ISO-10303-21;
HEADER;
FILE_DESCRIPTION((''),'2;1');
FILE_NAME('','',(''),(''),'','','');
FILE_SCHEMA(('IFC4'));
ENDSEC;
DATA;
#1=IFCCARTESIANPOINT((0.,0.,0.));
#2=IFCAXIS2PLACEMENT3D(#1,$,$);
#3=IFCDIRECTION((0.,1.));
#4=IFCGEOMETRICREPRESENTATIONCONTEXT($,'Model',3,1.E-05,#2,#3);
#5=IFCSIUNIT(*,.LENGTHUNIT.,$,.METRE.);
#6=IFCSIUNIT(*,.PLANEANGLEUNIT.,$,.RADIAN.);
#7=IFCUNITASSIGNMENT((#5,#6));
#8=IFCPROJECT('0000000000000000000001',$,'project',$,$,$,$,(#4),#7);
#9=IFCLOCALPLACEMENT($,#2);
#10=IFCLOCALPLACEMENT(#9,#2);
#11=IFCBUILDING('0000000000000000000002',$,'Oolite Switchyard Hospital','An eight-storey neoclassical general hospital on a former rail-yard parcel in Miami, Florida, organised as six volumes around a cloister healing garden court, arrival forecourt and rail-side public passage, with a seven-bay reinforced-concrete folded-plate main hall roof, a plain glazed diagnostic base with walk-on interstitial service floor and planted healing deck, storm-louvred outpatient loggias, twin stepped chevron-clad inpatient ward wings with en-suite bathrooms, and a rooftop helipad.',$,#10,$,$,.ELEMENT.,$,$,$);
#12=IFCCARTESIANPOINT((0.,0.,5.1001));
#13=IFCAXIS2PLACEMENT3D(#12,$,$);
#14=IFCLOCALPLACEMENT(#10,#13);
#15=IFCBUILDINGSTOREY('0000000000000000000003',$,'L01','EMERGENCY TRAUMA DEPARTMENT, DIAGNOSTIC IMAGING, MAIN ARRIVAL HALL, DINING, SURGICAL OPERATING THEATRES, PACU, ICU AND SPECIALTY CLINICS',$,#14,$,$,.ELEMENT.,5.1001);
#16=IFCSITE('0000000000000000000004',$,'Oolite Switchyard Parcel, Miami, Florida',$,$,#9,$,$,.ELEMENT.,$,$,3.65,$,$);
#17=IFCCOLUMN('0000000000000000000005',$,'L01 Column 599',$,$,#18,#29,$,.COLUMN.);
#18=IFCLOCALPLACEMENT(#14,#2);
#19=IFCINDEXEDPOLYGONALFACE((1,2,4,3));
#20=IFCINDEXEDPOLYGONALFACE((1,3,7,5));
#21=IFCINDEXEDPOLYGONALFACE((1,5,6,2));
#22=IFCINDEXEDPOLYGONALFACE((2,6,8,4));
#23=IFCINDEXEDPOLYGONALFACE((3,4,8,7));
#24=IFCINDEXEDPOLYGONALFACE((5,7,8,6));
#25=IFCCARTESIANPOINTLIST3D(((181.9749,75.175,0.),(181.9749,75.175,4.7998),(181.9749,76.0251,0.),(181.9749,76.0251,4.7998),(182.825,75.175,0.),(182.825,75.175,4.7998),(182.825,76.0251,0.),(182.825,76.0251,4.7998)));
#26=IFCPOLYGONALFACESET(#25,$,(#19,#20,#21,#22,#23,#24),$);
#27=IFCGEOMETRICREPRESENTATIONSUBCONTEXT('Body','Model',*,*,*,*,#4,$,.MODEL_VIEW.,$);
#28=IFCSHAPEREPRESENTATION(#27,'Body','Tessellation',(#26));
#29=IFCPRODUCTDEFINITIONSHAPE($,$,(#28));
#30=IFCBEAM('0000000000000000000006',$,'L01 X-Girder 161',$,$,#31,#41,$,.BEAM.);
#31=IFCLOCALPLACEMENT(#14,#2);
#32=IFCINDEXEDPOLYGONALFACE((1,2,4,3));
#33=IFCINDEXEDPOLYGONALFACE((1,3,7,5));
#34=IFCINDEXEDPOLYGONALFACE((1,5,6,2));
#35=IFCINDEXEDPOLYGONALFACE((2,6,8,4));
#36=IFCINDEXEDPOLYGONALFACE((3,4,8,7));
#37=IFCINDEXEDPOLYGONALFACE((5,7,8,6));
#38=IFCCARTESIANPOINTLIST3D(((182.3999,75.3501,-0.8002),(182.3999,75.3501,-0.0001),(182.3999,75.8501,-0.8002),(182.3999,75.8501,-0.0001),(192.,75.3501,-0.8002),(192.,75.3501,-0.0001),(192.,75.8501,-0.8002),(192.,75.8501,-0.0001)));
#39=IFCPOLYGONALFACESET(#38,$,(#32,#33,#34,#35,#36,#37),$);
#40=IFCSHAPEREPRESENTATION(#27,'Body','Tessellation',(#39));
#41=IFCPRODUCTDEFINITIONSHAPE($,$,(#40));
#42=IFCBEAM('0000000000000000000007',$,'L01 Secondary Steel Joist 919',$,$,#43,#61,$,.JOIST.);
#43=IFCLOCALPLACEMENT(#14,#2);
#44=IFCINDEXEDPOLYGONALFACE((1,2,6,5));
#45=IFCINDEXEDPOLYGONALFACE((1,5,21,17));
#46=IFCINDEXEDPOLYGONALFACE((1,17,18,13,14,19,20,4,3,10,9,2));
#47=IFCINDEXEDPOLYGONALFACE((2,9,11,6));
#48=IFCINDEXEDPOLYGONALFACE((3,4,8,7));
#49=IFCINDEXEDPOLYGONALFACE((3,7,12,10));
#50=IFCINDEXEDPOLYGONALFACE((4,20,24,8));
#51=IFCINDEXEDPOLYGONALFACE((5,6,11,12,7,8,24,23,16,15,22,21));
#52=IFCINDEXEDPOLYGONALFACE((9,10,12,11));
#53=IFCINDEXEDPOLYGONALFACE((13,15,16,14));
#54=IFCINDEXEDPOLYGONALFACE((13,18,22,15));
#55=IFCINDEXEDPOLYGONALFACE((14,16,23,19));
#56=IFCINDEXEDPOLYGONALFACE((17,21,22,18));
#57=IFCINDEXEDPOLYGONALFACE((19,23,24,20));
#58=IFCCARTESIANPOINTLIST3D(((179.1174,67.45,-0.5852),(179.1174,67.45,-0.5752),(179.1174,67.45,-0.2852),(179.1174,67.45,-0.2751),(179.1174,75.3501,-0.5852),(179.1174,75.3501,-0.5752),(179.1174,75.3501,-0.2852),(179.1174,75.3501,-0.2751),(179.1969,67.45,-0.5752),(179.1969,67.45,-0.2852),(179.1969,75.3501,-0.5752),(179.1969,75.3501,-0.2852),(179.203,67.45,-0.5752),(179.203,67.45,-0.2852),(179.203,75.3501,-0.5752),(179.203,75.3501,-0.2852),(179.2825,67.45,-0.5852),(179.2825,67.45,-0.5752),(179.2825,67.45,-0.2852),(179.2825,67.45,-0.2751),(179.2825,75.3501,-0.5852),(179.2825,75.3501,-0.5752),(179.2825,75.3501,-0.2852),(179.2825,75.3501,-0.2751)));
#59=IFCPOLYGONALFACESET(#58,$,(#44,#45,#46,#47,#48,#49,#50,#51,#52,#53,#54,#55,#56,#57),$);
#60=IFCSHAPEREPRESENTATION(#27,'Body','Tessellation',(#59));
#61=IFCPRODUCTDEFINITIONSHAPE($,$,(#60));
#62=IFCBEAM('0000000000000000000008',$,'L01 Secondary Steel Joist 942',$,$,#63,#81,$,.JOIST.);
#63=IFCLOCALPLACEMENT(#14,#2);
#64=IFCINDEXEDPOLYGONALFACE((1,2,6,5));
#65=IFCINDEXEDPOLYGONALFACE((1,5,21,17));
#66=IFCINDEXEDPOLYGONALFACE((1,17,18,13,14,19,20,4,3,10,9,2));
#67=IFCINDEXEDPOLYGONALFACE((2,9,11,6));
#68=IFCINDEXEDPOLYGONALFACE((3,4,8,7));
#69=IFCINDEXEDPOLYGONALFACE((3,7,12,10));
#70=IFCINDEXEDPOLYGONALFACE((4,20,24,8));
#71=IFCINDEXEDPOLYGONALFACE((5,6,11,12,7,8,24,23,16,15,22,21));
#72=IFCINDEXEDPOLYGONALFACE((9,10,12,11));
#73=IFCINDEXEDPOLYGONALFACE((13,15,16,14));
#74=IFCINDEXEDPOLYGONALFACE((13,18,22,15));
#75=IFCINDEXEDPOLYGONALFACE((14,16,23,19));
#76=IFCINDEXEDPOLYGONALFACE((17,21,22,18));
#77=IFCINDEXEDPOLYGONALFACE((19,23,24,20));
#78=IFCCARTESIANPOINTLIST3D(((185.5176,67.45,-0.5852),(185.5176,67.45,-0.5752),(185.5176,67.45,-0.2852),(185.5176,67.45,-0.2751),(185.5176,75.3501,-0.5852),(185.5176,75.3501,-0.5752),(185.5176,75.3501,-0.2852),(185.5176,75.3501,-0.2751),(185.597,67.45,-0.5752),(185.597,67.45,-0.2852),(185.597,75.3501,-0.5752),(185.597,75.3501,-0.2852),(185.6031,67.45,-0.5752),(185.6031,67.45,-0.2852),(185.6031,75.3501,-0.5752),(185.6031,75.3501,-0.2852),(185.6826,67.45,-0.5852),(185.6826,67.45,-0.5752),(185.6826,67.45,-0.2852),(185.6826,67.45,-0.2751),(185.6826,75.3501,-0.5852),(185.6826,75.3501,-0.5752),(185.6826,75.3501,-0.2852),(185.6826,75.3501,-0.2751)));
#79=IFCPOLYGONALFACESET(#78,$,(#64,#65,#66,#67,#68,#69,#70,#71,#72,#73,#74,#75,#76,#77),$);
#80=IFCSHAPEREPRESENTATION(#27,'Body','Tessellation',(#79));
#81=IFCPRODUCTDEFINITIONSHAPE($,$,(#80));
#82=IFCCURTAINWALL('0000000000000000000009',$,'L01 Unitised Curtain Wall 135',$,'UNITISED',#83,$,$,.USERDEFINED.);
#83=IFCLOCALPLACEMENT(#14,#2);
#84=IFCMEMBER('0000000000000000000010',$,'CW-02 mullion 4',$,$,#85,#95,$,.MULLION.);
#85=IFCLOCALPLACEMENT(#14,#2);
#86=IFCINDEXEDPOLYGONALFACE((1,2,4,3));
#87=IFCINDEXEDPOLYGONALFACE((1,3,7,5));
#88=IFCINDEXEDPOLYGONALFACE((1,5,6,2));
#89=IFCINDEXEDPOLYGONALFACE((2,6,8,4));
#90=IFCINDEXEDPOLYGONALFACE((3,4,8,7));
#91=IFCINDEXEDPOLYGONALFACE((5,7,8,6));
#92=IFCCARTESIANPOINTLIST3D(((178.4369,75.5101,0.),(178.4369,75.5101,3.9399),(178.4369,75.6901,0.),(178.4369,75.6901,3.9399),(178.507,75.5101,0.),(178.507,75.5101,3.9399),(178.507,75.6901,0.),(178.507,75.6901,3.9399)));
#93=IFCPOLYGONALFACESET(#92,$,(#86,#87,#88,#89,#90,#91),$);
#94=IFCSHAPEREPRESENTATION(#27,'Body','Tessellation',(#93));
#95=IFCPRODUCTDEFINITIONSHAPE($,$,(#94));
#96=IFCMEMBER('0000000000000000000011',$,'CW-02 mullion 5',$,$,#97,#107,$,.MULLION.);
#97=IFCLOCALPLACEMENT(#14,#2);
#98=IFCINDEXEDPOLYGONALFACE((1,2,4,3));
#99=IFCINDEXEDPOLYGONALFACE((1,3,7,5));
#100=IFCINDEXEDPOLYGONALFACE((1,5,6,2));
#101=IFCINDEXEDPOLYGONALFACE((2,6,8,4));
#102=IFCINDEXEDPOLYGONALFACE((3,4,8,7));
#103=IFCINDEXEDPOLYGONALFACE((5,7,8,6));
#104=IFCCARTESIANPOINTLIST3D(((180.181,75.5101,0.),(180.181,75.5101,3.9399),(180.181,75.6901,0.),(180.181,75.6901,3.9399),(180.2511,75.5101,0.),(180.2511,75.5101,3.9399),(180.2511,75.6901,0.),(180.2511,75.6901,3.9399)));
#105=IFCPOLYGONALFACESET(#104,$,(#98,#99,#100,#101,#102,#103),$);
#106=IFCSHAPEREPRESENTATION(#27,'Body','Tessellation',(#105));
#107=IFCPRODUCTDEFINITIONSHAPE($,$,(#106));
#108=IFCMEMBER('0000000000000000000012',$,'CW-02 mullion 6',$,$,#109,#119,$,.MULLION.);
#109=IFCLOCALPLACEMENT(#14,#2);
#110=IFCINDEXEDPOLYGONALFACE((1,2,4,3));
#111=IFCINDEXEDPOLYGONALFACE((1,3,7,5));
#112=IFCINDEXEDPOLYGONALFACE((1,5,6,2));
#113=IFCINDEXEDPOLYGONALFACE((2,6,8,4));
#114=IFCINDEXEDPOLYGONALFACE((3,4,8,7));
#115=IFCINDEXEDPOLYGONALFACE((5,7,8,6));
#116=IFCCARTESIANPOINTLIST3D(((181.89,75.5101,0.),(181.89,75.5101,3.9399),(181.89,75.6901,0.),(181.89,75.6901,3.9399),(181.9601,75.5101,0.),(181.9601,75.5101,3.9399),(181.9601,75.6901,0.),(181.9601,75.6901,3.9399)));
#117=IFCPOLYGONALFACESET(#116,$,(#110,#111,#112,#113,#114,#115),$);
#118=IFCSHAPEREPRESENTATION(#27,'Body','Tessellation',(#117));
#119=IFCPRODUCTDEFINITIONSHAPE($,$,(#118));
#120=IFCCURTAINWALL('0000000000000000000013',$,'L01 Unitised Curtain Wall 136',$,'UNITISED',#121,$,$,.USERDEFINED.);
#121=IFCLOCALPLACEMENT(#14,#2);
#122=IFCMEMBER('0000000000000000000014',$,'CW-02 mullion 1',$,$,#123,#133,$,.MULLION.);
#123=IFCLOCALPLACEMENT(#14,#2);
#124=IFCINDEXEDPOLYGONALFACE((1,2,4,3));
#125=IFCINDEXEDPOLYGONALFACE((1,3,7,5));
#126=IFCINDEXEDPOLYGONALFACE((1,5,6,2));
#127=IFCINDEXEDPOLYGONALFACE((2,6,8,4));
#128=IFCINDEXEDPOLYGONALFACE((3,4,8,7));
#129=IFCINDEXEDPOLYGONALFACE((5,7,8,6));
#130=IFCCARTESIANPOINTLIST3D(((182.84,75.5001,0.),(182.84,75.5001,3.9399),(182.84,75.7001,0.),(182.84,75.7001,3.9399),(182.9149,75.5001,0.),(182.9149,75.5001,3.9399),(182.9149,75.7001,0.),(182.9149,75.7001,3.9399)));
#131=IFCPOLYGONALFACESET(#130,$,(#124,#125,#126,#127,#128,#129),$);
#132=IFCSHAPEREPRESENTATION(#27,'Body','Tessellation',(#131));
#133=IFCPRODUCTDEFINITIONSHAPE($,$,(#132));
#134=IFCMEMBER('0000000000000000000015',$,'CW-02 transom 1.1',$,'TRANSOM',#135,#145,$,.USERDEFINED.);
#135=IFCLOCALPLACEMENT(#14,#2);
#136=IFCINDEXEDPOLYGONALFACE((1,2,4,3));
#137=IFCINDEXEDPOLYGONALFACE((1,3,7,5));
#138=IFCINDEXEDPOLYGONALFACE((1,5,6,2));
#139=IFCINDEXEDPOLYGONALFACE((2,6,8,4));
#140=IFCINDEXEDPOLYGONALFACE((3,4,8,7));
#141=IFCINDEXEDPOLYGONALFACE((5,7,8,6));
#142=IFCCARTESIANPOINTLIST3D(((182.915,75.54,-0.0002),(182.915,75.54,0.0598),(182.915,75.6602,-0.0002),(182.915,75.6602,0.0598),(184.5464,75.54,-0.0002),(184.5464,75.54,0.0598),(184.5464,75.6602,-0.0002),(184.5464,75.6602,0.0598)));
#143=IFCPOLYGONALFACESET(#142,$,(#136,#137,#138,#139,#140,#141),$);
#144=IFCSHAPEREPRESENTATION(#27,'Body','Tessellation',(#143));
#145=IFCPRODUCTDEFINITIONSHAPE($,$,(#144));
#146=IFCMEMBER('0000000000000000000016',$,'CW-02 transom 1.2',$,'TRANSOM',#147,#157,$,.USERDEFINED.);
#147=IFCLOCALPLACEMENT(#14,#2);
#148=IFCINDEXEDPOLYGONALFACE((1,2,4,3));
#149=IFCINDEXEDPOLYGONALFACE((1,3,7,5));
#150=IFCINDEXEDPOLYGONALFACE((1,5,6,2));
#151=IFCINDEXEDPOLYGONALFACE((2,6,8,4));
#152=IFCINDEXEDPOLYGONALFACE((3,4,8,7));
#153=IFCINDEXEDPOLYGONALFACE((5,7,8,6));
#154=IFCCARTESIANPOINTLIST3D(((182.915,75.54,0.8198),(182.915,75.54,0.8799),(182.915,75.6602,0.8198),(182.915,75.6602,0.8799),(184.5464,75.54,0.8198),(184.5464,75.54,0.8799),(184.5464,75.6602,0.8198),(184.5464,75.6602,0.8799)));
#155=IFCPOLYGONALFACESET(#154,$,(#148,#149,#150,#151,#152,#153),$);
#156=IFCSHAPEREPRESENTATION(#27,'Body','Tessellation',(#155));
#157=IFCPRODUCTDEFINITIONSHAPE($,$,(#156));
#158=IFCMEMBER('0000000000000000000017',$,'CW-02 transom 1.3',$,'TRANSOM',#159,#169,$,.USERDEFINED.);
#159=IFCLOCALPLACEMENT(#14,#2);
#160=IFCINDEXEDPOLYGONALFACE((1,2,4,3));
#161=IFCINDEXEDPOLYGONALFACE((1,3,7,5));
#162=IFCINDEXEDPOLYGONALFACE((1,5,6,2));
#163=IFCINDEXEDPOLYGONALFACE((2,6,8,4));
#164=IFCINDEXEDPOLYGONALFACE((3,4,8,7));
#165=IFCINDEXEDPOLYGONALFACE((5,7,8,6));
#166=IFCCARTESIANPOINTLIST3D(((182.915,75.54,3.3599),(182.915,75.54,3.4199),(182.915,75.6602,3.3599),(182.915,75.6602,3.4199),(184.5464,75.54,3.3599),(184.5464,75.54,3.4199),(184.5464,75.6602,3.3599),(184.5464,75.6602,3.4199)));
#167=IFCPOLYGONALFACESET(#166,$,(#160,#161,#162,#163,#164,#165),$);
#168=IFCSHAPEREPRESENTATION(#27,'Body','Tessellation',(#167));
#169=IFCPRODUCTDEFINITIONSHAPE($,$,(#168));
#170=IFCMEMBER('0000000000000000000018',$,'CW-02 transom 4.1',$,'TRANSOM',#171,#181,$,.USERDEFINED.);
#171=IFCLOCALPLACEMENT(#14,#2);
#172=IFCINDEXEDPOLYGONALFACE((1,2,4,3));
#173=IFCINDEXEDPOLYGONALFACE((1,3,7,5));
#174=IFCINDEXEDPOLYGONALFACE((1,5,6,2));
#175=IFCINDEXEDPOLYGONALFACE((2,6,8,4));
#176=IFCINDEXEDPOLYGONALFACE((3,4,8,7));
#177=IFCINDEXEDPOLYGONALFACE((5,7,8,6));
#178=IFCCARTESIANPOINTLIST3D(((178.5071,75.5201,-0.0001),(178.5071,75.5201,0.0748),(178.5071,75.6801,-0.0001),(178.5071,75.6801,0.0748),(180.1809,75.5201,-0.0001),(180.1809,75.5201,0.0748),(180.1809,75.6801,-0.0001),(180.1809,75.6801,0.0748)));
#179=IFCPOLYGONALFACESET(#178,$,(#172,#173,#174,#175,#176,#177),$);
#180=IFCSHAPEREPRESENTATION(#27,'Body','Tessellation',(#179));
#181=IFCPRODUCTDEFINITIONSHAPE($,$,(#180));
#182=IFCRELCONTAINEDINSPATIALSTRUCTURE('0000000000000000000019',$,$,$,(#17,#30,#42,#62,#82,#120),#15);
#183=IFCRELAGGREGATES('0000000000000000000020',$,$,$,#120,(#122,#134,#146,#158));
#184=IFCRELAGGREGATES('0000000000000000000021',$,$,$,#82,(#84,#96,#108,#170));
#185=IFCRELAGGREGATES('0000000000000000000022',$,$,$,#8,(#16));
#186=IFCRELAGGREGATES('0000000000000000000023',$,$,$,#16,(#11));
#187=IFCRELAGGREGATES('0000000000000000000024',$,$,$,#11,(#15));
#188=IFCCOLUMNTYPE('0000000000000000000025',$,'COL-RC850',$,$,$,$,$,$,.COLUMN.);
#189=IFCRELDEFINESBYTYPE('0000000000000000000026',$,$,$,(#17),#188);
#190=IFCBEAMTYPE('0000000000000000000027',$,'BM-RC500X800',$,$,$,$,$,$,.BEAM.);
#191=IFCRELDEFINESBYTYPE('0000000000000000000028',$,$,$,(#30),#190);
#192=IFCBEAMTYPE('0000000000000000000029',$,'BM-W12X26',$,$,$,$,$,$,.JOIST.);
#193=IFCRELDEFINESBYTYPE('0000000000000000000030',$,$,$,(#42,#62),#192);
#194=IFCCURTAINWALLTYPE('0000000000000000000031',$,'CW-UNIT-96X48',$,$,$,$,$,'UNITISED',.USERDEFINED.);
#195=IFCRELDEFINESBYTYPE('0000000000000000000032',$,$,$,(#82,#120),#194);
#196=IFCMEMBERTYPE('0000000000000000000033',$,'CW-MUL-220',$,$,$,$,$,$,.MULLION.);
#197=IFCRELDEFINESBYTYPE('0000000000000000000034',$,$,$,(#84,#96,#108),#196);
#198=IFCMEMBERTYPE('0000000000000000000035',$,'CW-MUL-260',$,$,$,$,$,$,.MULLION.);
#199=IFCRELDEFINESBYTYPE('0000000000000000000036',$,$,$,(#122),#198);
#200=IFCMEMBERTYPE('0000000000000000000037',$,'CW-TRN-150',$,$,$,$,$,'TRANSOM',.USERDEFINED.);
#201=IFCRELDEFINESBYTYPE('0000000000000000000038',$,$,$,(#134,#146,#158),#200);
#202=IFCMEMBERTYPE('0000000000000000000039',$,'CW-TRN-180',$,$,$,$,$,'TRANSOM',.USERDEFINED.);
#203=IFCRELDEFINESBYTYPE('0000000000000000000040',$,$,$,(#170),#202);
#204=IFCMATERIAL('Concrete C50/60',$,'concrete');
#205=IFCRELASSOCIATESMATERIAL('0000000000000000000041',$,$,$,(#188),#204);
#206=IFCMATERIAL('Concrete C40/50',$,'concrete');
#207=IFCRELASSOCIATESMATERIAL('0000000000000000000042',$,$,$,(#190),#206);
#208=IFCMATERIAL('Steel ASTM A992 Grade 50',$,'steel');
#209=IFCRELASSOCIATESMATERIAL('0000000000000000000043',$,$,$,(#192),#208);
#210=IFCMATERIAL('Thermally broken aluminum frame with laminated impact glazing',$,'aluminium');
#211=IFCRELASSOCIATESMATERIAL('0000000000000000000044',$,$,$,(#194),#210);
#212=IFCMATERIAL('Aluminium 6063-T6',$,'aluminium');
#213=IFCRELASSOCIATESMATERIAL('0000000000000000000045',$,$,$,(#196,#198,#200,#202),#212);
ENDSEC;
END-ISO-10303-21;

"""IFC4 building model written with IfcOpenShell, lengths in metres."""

from ifc_helpers import new_model, si_unit, direction, frame, origin, origin_2d, place, context, subcontext, project, spatial, rectangle, i_section, extrude, material, material_profile, profile_set, type_object, element, aggregate, save


model = new_model("IFC4")

# Units and contexts
model_context = context("Model", 3, precision=1e-05, world=origin(), true_north=direction((0.0, 1.0)))
body_context = subcontext(model_context, "Body", "Model", "MODEL_VIEW")
ifc_project = project(units=[si_unit("LENGTHUNIT", "METRE"), si_unit("PLANEANGLEUNIT", "RADIAN")], contexts=[model_context])

# Site, building, storey
site_placement = place(None, origin())
site = spatial("IfcSite", under=ifc_project, at=site_placement, Name="Oolite Switchyard Parcel, Miami, Florida", CompositionType="ELEMENT", RefElevation=3.65)
building_placement = place(site_placement, origin())
building = spatial("IfcBuilding", under=site, at=building_placement, Name="Oolite Switchyard Hospital", Description="An eight-storey neoclassical general hospital on a former rail-yard parcel in Miami, Florida, organised as six volumes around a cloister healing garden court, arrival forecourt and rail-side public passage, with a seven-bay reinforced-concrete folded-plate main hall roof, a plain glazed diagnostic base with walk-on interstitial service floor and planted healing deck, storm-louvred outpatient loggias, twin stepped chevron-clad inpatient ward wings with en-suite bathrooms, and a rooftop helipad.", CompositionType="ELEMENT")
storey_placement = place(building_placement, frame((0.0, 0.0, 5.1001)))
storey = spatial("IfcBuildingStorey", under=building, at=storey_placement, Name="L01", Description="EMERGENCY TRAUMA DEPARTMENT, DIAGNOSTIC IMAGING, MAIN ARRIVAL HALL, DINING, SURGICAL OPERATING THEATRES, PACU, ICU AND SPECIALTY CLINICS", CompositionType="ELEMENT", Elevation=5.1001)

# Column
ifc_material_1 = material(Name="Concrete C50/60", Category="concrete")
ifc_material_profile_1 = material_profile(ifc_material_1, rectangle(XDim=0.8501, YDim=0.8501, at=origin_2d()), Name="RC850X850")
ifc_profile_set_1 = profile_set([ifc_material_profile_1], Name="Concrete C50/60")
column_type = type_object("IfcColumnType", Name="COL-RC850", PredefinedType="COLUMN", material=ifc_profile_set_1)
column_placement = place(storey_placement, frame((182.3999, 75.6001, 0.0), z_axis=(0.0, 0.0, 1.0), x_axis=(1.0, 0.0, 0.0)))
element("IfcColumn", 1, at=column_placement, inside=storey, type_object=column_type, Name="L01 Column 599", PredefinedType="COLUMN", context=body_context, shape_type="SweptSolid", body=[
    extrude(rectangle(XDim=0.8501, YDim=0.8501, at=origin_2d()), origin(), (0.0, 0.0, 1.0), 4.7998),
])

# Beams
ifc_material_2 = material(Name="Concrete C40/50", Category="concrete")
ifc_material_profile_2 = material_profile(ifc_material_2, rectangle(XDim=0.5, YDim=0.8, at=origin_2d()), Name="RCB500X800")
ifc_profile_set_2 = profile_set([ifc_material_profile_2], Name="Concrete C40/50")
beam_type_1 = type_object("IfcBeamType", Name="BM-RC500X800", PredefinedType="BEAM", material=ifc_profile_set_2)
beam_placement = place(storey_placement, frame((182.3999, 75.6001, -0.4001), z_axis=(1.0, 0.0, 0.0), x_axis=(0.0, 1.0, 0.0)))
element("IfcBeam", 2, at=beam_placement, inside=storey, type_object=beam_type_1, Name="L01 X-Girder 161", PredefinedType="BEAM", context=body_context, shape_type="SweptSolid", body=[
    extrude(rectangle(XDim=0.5, YDim=0.8, at=origin_2d()), origin(), (0.0, 0.0, 1.0), 9.6001),
])
ifc_material_3 = material(Name="Steel ASTM A992 Grade 50", Category="steel")
ifc_material_profile_3 = material_profile(ifc_material_3, i_section(OverallWidth=0.165, OverallDepth=0.3101, WebThickness=0.0061, FlangeThickness=0.01, at=origin_2d()), Name="W12X26")
ifc_profile_set_3 = profile_set([ifc_material_profile_3], Name="Steel ASTM A992 Grade 50")
beam_type_2 = type_object("IfcBeamType", Name="BM-W12X26", PredefinedType="JOIST", material=ifc_profile_set_3)
for number, where, z_axis, x_axis, name in (
    (3, (179.2, 67.45, -0.4302), (0.0, 1.0, 0.0), (-1.0, 0.0, 0.0), "L01 Secondary Steel Joist 919"),
    (4, (185.6001, 67.45, -0.4302), (0.0, 1.0, 0.0), (-1.0, 0.0, 0.0), "L01 Secondary Steel Joist 942"),
):
    element("IfcBeam", number, at=place(storey_placement, frame(where, z_axis=z_axis, x_axis=x_axis)), inside=storey, type_object=beam_type_2, Name=name, PredefinedType="JOIST", context=body_context, shape_type="SweptSolid", body=[
        extrude(i_section(OverallWidth=0.165, OverallDepth=0.3101, WebThickness=0.0061, FlangeThickness=0.01, at=origin_2d()), origin(), (0.0, 0.0, 1.0), 7.9001),
    ])

# Curtain walls, members
ifc_material_4 = material(Name="Thermally broken aluminum frame with laminated impact glazing", Category="aluminium")
curtain_wall_type = type_object("IfcCurtainWallType", Name="CW-UNIT-96X48", ElementType="UNITISED", PredefinedType="USERDEFINED", material=ifc_material_4)
curtain_wall_1_placement = place(storey_placement, origin())
curtain_wall_1 = element("IfcCurtainWall", 5, at=curtain_wall_1_placement, inside=storey, type_object=curtain_wall_type, Name="L01 Unitised Curtain Wall 135", ObjectType="UNITISED", PredefinedType="USERDEFINED")
ifc_material_5 = material(Name="Aluminium 6063-T6", Category="aluminium")
ifc_material_profile_4 = material_profile(ifc_material_5, rectangle(XDim=0.1799, YDim=0.0701, at=origin_2d()), Name="CWM70X180")
ifc_profile_set_4 = profile_set([ifc_material_profile_4], Name="Aluminium 6063-T6")
member_type_1 = type_object("IfcMemberType", Name="CW-MUL-220", PredefinedType="MULLION", material=ifc_profile_set_4)
member_1_placement = place(storey_placement, frame((178.4719, 75.6001, 0.0), z_axis=(0.0, 0.0, 1.0), x_axis=(0.0, 1.0, 0.0)))
member_1 = element("IfcMember", 6, at=member_1_placement, type_object=member_type_1, Name="CW-02 mullion 4", PredefinedType="MULLION", context=body_context, shape_type="SweptSolid", body=[
    extrude(rectangle(XDim=0.1799, YDim=0.0701, at=origin_2d()), origin(), (0.0, 0.0, 1.0), 3.9399),
])
member_2_placement = place(storey_placement, frame((180.2161, 75.6001, 0.0), z_axis=(0.0, 0.0, 1.0), x_axis=(0.0, 1.0, 0.0)))
member_2 = element("IfcMember", 7, at=member_2_placement, type_object=member_type_1, Name="CW-02 mullion 5", PredefinedType="MULLION", context=body_context, shape_type="SweptSolid", body=[
    extrude(rectangle(XDim=0.1799, YDim=0.0701, at=origin_2d()), origin(), (0.0, 0.0, 1.0), 3.9399),
])
member_3_placement = place(storey_placement, frame((181.925, 75.6001, 0.0), z_axis=(0.0, 0.0, 1.0), x_axis=(0.0, 1.0, 0.0)))
member_3 = element("IfcMember", 8, at=member_3_placement, type_object=member_type_1, Name="CW-02 mullion 6", PredefinedType="MULLION", context=body_context, shape_type="SweptSolid", body=[
    extrude(rectangle(XDim=0.1799, YDim=0.0701, at=origin_2d()), origin(), (0.0, 0.0, 1.0), 3.9399),
])
curtain_wall_2_placement = place(storey_placement, origin())
curtain_wall_2 = element("IfcCurtainWall", 9, at=curtain_wall_2_placement, inside=storey, type_object=curtain_wall_type, Name="L01 Unitised Curtain Wall 136", ObjectType="UNITISED", PredefinedType="USERDEFINED")
ifc_material_profile_5 = material_profile(ifc_material_5, rectangle(XDim=0.2, YDim=0.075, at=origin_2d()), Name="CWM75X200")
ifc_profile_set_5 = profile_set([ifc_material_profile_5], Name="Aluminium 6063-T6")
member_type_2 = type_object("IfcMemberType", Name="CW-MUL-260", PredefinedType="MULLION", material=ifc_profile_set_5)
member_4_placement = place(storey_placement, frame((182.8774, 75.6001, 0.0), z_axis=(0.0, 0.0, 1.0), x_axis=(0.0, 1.0, 0.0)))
member_4 = element("IfcMember", 10, at=member_4_placement, type_object=member_type_2, Name="CW-02 mullion 1", PredefinedType="MULLION", context=body_context, shape_type="SweptSolid", body=[
    extrude(rectangle(XDim=0.2, YDim=0.075, at=origin_2d()), origin(), (0.0, 0.0, 1.0), 3.9399),
])
ifc_material_profile_6 = material_profile(ifc_material_5, rectangle(XDim=0.1201, YDim=0.0601, at=origin_2d()), Name="CWT60X120")
ifc_profile_set_6 = profile_set([ifc_material_profile_6], Name="Aluminium 6063-T6")
member_type_3 = type_object("IfcMemberType", Name="CW-TRN-150", ElementType="TRANSOM", PredefinedType="USERDEFINED", material=ifc_profile_set_6)
member_5_placement = place(storey_placement, frame((182.915, 75.6001, 0.0298), z_axis=(1.0, 0.0, 0.0), x_axis=(0.0, 1.0, 0.0)))
member_5 = element("IfcMember", 11, at=member_5_placement, type_object=member_type_3, Name="CW-02 transom 1.1", ObjectType="TRANSOM", PredefinedType="USERDEFINED", context=body_context, shape_type="SweptSolid", body=[
    extrude(rectangle(XDim=0.1201, YDim=0.0601, at=origin_2d()), origin(), (0.0, 0.0, 1.0), 1.6313),
])
member_6_placement = place(storey_placement, frame((182.915, 75.6001, 0.8499), z_axis=(1.0, 0.0, 0.0), x_axis=(0.0, 1.0, 0.0)))
member_6 = element("IfcMember", 12, at=member_6_placement, type_object=member_type_3, Name="CW-02 transom 1.2", ObjectType="TRANSOM", PredefinedType="USERDEFINED", context=body_context, shape_type="SweptSolid", body=[
    extrude(rectangle(XDim=0.1201, YDim=0.0601, at=origin_2d()), origin(), (0.0, 0.0, 1.0), 1.6313),
])
member_7_placement = place(storey_placement, frame((182.915, 75.6001, 3.3899), z_axis=(1.0, 0.0, 0.0), x_axis=(0.0, 1.0, 0.0)))
member_7 = element("IfcMember", 13, at=member_7_placement, type_object=member_type_3, Name="CW-02 transom 1.3", ObjectType="TRANSOM", PredefinedType="USERDEFINED", context=body_context, shape_type="SweptSolid", body=[
    extrude(rectangle(XDim=0.1201, YDim=0.0601, at=origin_2d()), origin(), (0.0, 0.0, 1.0), 1.6313),
])
aggregate(curtain_wall_2, [member_4, member_5, member_6, member_7])

# Member
ifc_material_profile_7 = material_profile(ifc_material_5, rectangle(XDim=0.1599, YDim=0.075, at=origin_2d()), Name="CWT75X160")
ifc_profile_set_7 = profile_set([ifc_material_profile_7], Name="Aluminium 6063-T6")
member_type_4 = type_object("IfcMemberType", Name="CW-TRN-180", ElementType="TRANSOM", PredefinedType="USERDEFINED", material=ifc_profile_set_7)
member_8_placement = place(storey_placement, frame((178.5071, 75.6001, 0.0374), z_axis=(1.0, 0.0, 0.0), x_axis=(0.0, 1.0, 0.0)))
member_8 = element("IfcMember", 14, at=member_8_placement, type_object=member_type_4, Name="CW-02 transom 4.1", ObjectType="TRANSOM", PredefinedType="USERDEFINED", context=body_context, shape_type="SweptSolid", body=[
    extrude(rectangle(XDim=0.1599, YDim=0.075, at=origin_2d()), origin(), (0.0, 0.0, 1.0), 1.6738),
])

aggregate(curtain_wall_1, [member_1, member_2, member_3, member_8])

save(model, "model.ifc")
